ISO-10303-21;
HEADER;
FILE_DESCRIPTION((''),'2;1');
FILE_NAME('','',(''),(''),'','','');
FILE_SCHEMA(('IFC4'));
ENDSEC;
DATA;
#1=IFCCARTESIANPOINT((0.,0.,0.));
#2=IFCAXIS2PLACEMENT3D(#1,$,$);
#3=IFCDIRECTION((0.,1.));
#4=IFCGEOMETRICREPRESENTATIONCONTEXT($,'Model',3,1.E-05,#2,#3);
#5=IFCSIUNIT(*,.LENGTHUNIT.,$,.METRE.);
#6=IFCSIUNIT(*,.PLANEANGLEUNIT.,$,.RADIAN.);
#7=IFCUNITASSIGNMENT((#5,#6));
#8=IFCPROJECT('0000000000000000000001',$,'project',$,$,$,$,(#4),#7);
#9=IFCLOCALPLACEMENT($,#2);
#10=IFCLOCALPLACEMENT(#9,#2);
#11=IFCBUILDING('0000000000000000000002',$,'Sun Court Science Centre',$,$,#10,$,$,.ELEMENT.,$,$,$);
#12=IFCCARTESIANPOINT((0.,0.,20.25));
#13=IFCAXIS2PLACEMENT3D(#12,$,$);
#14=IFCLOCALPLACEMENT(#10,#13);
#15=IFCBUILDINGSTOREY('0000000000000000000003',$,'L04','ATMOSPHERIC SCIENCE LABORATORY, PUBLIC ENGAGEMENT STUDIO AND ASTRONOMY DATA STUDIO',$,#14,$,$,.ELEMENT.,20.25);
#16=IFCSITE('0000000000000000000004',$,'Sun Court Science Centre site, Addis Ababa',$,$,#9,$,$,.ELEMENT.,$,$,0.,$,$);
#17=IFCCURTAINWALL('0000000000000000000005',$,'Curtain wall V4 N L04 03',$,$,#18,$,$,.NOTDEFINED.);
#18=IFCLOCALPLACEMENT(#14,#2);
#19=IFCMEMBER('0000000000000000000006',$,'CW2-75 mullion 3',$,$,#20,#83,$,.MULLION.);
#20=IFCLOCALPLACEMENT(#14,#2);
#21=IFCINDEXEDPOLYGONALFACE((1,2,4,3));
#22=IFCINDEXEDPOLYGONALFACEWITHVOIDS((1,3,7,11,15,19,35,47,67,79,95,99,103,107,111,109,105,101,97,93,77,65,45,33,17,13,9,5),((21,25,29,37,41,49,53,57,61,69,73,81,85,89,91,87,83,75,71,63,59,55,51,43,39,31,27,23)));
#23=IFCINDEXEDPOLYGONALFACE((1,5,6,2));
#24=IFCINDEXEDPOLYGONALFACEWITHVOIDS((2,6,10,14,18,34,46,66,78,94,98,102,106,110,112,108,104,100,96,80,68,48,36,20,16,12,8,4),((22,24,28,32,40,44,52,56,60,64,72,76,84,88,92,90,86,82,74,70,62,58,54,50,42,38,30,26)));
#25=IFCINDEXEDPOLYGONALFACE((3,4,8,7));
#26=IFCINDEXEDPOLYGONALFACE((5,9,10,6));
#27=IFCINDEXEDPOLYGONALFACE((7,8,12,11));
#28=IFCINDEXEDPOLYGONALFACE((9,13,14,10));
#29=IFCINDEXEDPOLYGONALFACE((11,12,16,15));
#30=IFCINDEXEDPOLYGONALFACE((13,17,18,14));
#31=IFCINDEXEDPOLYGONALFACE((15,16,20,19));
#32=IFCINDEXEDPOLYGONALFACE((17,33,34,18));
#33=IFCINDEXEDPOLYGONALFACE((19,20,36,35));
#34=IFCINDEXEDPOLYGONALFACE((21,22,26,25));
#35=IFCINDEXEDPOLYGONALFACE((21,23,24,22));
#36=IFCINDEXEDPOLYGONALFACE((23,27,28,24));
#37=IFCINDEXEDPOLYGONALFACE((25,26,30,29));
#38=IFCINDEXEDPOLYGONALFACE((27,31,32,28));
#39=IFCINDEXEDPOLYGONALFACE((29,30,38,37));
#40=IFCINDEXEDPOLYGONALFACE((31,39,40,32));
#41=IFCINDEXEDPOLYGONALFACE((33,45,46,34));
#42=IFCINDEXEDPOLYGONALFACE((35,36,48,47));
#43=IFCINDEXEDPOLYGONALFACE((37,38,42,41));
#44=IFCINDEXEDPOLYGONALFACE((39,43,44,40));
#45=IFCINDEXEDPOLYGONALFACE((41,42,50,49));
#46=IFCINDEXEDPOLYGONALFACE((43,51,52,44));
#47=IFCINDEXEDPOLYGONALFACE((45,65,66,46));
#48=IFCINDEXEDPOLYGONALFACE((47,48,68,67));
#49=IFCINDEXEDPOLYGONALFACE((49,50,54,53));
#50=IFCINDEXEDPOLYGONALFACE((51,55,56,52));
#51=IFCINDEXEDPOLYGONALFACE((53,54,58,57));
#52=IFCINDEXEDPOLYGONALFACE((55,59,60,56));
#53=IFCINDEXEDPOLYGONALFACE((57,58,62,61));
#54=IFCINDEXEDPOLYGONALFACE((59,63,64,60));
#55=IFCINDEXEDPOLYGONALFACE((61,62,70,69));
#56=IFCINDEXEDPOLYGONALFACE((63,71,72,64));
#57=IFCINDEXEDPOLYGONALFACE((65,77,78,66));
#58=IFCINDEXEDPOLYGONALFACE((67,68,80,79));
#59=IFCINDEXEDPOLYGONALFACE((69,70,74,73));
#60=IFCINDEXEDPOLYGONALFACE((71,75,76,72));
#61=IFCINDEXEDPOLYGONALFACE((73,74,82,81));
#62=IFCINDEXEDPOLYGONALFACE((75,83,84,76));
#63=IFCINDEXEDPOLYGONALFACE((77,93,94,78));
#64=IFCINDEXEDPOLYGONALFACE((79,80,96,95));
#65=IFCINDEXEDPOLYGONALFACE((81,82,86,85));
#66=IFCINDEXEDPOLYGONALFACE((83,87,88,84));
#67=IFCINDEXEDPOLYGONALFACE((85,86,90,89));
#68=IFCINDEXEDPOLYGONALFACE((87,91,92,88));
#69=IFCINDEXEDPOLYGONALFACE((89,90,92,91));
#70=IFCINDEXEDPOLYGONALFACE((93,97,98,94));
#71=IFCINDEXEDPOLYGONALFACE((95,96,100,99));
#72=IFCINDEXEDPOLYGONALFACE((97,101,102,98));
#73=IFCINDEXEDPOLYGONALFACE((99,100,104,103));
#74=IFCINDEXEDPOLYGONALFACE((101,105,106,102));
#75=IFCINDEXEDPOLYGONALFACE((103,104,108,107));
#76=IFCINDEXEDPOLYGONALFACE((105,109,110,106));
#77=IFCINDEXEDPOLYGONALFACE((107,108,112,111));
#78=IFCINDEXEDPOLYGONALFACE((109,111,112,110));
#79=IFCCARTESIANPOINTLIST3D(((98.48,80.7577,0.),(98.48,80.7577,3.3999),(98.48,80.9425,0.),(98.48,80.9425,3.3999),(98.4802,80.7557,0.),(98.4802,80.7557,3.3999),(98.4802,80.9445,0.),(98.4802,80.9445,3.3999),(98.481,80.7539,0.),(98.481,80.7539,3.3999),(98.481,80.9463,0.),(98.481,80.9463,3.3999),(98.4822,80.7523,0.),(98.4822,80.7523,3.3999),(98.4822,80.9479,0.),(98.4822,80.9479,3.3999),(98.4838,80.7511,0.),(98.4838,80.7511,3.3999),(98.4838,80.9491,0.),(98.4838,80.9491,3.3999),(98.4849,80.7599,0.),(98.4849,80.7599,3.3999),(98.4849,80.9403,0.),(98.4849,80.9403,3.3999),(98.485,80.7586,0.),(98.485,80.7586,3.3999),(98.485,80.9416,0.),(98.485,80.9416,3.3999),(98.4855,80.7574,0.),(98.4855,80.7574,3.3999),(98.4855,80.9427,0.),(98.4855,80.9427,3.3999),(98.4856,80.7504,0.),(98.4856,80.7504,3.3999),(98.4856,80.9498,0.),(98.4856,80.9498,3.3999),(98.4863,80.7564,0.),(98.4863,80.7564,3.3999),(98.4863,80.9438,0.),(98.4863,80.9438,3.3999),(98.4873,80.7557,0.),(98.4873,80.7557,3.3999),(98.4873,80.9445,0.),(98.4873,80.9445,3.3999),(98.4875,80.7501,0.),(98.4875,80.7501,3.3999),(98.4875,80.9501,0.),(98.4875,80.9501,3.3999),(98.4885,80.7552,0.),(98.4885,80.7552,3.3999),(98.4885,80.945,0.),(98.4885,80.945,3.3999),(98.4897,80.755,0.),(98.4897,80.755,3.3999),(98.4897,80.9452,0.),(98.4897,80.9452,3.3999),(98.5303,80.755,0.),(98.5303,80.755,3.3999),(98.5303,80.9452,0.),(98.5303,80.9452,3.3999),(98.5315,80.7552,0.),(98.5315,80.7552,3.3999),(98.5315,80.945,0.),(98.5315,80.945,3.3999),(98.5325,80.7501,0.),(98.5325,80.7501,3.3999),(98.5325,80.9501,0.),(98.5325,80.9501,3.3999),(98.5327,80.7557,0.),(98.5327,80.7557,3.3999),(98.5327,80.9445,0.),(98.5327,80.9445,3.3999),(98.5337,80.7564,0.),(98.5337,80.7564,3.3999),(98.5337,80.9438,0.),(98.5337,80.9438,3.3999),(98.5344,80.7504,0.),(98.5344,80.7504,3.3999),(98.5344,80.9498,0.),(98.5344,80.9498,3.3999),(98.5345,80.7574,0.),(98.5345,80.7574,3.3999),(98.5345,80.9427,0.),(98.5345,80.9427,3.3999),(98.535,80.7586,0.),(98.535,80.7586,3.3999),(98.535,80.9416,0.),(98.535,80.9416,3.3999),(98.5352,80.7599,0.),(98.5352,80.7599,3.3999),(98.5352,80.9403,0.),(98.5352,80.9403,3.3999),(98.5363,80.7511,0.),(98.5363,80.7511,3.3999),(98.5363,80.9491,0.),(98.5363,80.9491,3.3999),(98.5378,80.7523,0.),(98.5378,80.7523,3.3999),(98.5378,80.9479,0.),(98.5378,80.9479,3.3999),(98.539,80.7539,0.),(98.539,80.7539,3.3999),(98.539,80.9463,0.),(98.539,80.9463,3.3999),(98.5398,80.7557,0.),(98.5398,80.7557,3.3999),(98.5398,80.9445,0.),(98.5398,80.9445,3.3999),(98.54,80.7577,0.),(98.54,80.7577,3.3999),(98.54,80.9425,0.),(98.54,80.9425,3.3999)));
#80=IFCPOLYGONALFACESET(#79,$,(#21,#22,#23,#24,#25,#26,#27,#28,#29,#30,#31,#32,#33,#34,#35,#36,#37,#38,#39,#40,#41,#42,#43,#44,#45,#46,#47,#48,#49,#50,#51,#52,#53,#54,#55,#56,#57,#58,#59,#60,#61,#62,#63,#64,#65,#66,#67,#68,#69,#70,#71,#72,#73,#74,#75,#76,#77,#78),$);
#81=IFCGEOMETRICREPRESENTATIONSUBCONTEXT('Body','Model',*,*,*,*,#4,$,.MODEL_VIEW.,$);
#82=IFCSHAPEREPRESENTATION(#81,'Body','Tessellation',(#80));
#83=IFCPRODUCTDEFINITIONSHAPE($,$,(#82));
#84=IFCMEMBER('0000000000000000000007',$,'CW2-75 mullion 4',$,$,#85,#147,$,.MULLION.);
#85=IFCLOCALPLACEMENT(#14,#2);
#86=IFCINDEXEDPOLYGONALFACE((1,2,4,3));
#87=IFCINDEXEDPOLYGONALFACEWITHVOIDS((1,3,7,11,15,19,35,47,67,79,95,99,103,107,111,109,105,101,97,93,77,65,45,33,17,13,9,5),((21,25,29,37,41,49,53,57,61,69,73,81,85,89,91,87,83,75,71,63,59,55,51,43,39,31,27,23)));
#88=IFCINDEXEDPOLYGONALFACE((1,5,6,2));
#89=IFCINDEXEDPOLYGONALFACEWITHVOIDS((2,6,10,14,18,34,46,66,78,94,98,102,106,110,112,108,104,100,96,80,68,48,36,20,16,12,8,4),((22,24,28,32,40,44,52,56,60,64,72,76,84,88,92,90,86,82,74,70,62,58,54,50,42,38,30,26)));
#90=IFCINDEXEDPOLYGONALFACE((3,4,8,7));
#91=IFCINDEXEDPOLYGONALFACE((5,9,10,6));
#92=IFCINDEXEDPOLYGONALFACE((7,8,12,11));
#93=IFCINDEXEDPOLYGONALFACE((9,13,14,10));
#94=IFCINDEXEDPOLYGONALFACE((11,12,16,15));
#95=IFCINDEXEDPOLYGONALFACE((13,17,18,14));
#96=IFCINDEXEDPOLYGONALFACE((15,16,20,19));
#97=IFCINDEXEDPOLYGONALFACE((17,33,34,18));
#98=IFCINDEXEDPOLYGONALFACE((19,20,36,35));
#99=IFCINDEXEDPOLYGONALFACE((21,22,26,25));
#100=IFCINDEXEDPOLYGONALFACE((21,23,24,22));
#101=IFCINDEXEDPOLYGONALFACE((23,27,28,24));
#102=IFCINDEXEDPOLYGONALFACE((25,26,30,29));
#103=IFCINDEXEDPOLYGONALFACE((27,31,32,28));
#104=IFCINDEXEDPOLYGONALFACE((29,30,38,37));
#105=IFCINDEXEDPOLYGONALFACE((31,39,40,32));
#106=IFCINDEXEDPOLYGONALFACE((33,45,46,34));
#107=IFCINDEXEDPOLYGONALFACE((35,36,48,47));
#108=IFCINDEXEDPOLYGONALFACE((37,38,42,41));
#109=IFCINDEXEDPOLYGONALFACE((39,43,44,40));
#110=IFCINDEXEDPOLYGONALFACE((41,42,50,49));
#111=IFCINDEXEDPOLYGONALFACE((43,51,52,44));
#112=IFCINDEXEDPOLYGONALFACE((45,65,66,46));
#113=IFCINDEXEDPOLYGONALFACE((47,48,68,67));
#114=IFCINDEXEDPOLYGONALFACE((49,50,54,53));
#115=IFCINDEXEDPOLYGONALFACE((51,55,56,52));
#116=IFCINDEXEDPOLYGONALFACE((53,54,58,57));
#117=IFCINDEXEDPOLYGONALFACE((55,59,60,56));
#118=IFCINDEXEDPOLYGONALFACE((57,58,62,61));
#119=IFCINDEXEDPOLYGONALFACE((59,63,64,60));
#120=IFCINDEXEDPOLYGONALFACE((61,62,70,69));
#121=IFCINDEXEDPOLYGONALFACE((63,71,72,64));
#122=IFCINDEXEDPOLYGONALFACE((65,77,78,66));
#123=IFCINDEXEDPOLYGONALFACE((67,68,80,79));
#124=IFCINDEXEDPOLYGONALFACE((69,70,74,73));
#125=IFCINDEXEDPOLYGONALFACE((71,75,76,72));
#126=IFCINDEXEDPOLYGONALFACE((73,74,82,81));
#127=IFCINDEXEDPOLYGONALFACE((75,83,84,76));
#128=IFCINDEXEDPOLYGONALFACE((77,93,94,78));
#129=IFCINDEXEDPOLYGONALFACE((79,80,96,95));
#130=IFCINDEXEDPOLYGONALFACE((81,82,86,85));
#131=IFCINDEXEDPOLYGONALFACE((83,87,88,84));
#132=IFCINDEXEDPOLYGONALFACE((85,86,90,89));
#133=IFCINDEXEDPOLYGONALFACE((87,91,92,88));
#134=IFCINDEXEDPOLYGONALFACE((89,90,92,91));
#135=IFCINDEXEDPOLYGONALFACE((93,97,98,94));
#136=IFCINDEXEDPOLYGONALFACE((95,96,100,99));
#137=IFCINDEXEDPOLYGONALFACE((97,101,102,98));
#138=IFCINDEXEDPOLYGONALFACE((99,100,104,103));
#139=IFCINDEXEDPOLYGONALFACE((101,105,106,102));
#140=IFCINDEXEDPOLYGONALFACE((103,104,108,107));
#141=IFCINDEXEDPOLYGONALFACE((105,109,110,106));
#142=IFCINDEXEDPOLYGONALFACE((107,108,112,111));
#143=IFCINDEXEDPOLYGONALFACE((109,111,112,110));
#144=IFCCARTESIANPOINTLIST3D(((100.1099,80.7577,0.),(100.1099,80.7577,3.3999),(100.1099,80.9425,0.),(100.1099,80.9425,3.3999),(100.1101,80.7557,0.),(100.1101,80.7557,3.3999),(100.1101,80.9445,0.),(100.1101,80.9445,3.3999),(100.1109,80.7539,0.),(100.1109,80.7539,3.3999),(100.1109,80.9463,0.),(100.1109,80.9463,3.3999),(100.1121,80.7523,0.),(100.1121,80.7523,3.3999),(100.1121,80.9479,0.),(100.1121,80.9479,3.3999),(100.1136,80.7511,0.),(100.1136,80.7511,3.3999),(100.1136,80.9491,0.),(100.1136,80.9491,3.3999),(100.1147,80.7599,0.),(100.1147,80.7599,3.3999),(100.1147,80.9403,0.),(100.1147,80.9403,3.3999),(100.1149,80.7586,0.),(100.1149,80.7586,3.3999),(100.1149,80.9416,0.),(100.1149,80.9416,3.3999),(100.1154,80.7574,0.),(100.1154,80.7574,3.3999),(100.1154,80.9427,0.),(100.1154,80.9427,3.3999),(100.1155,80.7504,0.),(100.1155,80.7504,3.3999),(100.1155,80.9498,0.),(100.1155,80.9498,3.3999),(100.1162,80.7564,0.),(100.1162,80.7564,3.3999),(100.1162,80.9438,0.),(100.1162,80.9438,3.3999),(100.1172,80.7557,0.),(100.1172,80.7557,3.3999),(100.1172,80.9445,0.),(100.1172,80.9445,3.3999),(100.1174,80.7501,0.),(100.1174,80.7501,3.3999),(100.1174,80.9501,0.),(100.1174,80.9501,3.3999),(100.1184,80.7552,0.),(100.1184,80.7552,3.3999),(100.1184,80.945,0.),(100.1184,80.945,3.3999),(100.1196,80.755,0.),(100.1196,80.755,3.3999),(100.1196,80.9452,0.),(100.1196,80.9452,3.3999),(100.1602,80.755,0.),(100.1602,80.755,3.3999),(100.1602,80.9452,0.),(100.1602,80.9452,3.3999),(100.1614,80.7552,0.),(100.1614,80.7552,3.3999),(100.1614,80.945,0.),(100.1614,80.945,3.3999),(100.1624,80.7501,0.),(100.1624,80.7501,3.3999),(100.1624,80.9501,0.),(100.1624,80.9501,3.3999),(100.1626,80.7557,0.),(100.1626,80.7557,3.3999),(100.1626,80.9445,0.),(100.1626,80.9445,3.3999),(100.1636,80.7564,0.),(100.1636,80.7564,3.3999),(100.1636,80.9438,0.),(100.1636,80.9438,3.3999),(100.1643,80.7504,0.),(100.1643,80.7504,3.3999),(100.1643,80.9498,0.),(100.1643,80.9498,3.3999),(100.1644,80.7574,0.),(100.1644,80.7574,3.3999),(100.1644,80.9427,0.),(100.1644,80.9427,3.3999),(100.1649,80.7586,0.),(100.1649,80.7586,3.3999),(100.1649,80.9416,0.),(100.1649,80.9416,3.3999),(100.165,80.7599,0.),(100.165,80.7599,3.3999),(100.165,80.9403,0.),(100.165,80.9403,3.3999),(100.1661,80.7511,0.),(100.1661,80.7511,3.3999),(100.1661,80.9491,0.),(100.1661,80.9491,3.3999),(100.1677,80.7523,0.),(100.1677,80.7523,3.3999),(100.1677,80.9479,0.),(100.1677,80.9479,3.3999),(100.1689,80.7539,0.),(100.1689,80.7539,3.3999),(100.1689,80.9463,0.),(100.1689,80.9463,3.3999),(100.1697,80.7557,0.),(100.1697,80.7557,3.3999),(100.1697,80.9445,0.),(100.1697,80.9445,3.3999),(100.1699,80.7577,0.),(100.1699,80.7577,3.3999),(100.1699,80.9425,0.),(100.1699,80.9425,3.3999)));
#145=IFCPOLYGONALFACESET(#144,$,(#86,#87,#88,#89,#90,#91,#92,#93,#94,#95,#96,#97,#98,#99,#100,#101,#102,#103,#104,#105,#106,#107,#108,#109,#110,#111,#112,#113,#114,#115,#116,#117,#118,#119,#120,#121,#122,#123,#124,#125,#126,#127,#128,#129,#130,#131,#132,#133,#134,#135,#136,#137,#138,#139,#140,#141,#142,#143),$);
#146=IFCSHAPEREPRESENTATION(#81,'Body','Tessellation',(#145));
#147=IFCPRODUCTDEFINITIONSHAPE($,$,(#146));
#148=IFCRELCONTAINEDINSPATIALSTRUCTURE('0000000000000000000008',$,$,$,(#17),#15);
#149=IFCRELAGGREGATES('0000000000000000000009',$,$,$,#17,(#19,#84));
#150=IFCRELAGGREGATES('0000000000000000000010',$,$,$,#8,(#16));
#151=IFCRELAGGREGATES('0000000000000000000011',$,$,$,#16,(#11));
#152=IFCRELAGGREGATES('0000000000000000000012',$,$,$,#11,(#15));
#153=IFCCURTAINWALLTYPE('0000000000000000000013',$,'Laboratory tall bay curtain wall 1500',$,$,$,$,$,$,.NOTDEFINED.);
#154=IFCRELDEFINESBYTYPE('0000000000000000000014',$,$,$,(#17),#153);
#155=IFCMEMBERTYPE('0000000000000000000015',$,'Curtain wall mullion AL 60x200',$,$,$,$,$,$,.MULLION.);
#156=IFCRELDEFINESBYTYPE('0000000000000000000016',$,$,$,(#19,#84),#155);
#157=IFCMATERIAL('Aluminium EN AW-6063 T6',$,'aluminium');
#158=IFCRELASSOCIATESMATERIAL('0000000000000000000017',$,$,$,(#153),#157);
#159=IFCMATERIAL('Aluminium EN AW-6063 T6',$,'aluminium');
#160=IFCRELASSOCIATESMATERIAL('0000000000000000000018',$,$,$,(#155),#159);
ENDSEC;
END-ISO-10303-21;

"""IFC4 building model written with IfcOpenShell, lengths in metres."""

from ifc_helpers import new_model, si_unit, direction, frame, origin, origin_2d, place, context, subcontext, project, spatial, hollow_rectangle, extrude, material, material_profile, profile_set, type_object, element, aggregate, save


model = new_model("IFC4")

# Units and contexts
model_context = context("Model", 3, precision=1e-05, world=origin(), true_north=direction((0.0, 1.0)))
body_context = subcontext(model_context, "Body", "Model", "MODEL_VIEW")
ifc_project = project(units=[si_unit("LENGTHUNIT", "METRE"), si_unit("PLANEANGLEUNIT", "RADIAN")], contexts=[model_context])

# Site, building, storey
site_placement = place(None, origin())
site = spatial("IfcSite", under=ifc_project, at=site_placement, Name="Sun Court Science Centre site, Addis Ababa", CompositionType="ELEMENT", RefElevation=0.0)
building_placement = place(site_placement, origin())
building = spatial("IfcBuilding", under=site, at=building_placement, Name="Sun Court Science Centre", CompositionType="ELEMENT")
storey_placement = place(building_placement, frame((0.0, 0.0, 20.25)))
storey = spatial("IfcBuildingStorey", under=building, at=storey_placement, Name="L04", Description="ATMOSPHERIC SCIENCE LABORATORY, PUBLIC ENGAGEMENT STUDIO AND ASTRONOMY DATA STUDIO", CompositionType="ELEMENT", Elevation=20.25)

# Curtain wall, members
ifc_material_1 = material(Name="Aluminium EN AW-6063 T6", Category="aluminium")
curtain_wall_type = type_object("IfcCurtainWallType", Name="Laboratory tall bay curtain wall 1500", PredefinedType="NOTDEFINED", material=ifc_material_1)
curtain_wall_placement = place(storey_placement, origin())
curtain_wall = element("IfcCurtainWall", 1, at=curtain_wall_placement, inside=storey, type_object=curtain_wall_type, Name="Curtain wall V4 N L04 03", PredefinedType="NOTDEFINED")
ifc_material_2 = material(Name="Aluminium EN AW-6063 T6", Category="aluminium")
ifc_material_profile_1 = material_profile(ifc_material_2, hollow_rectangle(XDim=0.0601, YDim=0.2, WallThickness=0.0049, InnerFilletRadius=0.0049, OuterFilletRadius=0.0076, at=origin_2d()), Name="AL 60x200x5")
ifc_profile_set_1 = profile_set([ifc_material_profile_1], Name="Aluminium EN AW-6063 T6")
member_type_1 = type_object("IfcMemberType", Name="Curtain wall mullion AL 60x200", PredefinedType="MULLION", material=ifc_profile_set_1)
member_1_placement = place(storey_placement, frame((98.51, 80.8501, 0.0), z_axis=(0.0, 0.0, 1.0), x_axis=(1.0, 0.0, 0.0)))
member_1 = element("IfcMember", 2, at=member_1_placement, type_object=member_type_1, Name="CW2-75 mullion 3", PredefinedType="MULLION", context=body_context, shape_type="SweptSolid", body=[
    extrude(hollow_rectangle(XDim=0.0601, YDim=0.2, WallThickness=0.0049, InnerFilletRadius=0.0049, OuterFilletRadius=0.0076, at=origin_2d()), origin(), (0.0, 0.0, 1.0), 3.3999),
])
member_2_placement = place(storey_placement, frame((100.1399, 80.8501, 0.0), z_axis=(0.0, 0.0, 1.0), x_axis=(1.0, 0.0, 0.0)))
member_2 = element("IfcMember", 3, at=member_2_placement, type_object=member_type_1, Name="CW2-75 mullion 4", PredefinedType="MULLION", context=body_context, shape_type="SweptSolid", body=[
    extrude(hollow_rectangle(XDim=0.0601, YDim=0.2, WallThickness=0.0049, InnerFilletRadius=0.0049, OuterFilletRadius=0.0076, at=origin_2d()), origin(), (0.0, 0.0, 1.0), 3.3999),
])

aggregate(curtain_wall, [member_1, member_2])

save(model, "model.ifc")
